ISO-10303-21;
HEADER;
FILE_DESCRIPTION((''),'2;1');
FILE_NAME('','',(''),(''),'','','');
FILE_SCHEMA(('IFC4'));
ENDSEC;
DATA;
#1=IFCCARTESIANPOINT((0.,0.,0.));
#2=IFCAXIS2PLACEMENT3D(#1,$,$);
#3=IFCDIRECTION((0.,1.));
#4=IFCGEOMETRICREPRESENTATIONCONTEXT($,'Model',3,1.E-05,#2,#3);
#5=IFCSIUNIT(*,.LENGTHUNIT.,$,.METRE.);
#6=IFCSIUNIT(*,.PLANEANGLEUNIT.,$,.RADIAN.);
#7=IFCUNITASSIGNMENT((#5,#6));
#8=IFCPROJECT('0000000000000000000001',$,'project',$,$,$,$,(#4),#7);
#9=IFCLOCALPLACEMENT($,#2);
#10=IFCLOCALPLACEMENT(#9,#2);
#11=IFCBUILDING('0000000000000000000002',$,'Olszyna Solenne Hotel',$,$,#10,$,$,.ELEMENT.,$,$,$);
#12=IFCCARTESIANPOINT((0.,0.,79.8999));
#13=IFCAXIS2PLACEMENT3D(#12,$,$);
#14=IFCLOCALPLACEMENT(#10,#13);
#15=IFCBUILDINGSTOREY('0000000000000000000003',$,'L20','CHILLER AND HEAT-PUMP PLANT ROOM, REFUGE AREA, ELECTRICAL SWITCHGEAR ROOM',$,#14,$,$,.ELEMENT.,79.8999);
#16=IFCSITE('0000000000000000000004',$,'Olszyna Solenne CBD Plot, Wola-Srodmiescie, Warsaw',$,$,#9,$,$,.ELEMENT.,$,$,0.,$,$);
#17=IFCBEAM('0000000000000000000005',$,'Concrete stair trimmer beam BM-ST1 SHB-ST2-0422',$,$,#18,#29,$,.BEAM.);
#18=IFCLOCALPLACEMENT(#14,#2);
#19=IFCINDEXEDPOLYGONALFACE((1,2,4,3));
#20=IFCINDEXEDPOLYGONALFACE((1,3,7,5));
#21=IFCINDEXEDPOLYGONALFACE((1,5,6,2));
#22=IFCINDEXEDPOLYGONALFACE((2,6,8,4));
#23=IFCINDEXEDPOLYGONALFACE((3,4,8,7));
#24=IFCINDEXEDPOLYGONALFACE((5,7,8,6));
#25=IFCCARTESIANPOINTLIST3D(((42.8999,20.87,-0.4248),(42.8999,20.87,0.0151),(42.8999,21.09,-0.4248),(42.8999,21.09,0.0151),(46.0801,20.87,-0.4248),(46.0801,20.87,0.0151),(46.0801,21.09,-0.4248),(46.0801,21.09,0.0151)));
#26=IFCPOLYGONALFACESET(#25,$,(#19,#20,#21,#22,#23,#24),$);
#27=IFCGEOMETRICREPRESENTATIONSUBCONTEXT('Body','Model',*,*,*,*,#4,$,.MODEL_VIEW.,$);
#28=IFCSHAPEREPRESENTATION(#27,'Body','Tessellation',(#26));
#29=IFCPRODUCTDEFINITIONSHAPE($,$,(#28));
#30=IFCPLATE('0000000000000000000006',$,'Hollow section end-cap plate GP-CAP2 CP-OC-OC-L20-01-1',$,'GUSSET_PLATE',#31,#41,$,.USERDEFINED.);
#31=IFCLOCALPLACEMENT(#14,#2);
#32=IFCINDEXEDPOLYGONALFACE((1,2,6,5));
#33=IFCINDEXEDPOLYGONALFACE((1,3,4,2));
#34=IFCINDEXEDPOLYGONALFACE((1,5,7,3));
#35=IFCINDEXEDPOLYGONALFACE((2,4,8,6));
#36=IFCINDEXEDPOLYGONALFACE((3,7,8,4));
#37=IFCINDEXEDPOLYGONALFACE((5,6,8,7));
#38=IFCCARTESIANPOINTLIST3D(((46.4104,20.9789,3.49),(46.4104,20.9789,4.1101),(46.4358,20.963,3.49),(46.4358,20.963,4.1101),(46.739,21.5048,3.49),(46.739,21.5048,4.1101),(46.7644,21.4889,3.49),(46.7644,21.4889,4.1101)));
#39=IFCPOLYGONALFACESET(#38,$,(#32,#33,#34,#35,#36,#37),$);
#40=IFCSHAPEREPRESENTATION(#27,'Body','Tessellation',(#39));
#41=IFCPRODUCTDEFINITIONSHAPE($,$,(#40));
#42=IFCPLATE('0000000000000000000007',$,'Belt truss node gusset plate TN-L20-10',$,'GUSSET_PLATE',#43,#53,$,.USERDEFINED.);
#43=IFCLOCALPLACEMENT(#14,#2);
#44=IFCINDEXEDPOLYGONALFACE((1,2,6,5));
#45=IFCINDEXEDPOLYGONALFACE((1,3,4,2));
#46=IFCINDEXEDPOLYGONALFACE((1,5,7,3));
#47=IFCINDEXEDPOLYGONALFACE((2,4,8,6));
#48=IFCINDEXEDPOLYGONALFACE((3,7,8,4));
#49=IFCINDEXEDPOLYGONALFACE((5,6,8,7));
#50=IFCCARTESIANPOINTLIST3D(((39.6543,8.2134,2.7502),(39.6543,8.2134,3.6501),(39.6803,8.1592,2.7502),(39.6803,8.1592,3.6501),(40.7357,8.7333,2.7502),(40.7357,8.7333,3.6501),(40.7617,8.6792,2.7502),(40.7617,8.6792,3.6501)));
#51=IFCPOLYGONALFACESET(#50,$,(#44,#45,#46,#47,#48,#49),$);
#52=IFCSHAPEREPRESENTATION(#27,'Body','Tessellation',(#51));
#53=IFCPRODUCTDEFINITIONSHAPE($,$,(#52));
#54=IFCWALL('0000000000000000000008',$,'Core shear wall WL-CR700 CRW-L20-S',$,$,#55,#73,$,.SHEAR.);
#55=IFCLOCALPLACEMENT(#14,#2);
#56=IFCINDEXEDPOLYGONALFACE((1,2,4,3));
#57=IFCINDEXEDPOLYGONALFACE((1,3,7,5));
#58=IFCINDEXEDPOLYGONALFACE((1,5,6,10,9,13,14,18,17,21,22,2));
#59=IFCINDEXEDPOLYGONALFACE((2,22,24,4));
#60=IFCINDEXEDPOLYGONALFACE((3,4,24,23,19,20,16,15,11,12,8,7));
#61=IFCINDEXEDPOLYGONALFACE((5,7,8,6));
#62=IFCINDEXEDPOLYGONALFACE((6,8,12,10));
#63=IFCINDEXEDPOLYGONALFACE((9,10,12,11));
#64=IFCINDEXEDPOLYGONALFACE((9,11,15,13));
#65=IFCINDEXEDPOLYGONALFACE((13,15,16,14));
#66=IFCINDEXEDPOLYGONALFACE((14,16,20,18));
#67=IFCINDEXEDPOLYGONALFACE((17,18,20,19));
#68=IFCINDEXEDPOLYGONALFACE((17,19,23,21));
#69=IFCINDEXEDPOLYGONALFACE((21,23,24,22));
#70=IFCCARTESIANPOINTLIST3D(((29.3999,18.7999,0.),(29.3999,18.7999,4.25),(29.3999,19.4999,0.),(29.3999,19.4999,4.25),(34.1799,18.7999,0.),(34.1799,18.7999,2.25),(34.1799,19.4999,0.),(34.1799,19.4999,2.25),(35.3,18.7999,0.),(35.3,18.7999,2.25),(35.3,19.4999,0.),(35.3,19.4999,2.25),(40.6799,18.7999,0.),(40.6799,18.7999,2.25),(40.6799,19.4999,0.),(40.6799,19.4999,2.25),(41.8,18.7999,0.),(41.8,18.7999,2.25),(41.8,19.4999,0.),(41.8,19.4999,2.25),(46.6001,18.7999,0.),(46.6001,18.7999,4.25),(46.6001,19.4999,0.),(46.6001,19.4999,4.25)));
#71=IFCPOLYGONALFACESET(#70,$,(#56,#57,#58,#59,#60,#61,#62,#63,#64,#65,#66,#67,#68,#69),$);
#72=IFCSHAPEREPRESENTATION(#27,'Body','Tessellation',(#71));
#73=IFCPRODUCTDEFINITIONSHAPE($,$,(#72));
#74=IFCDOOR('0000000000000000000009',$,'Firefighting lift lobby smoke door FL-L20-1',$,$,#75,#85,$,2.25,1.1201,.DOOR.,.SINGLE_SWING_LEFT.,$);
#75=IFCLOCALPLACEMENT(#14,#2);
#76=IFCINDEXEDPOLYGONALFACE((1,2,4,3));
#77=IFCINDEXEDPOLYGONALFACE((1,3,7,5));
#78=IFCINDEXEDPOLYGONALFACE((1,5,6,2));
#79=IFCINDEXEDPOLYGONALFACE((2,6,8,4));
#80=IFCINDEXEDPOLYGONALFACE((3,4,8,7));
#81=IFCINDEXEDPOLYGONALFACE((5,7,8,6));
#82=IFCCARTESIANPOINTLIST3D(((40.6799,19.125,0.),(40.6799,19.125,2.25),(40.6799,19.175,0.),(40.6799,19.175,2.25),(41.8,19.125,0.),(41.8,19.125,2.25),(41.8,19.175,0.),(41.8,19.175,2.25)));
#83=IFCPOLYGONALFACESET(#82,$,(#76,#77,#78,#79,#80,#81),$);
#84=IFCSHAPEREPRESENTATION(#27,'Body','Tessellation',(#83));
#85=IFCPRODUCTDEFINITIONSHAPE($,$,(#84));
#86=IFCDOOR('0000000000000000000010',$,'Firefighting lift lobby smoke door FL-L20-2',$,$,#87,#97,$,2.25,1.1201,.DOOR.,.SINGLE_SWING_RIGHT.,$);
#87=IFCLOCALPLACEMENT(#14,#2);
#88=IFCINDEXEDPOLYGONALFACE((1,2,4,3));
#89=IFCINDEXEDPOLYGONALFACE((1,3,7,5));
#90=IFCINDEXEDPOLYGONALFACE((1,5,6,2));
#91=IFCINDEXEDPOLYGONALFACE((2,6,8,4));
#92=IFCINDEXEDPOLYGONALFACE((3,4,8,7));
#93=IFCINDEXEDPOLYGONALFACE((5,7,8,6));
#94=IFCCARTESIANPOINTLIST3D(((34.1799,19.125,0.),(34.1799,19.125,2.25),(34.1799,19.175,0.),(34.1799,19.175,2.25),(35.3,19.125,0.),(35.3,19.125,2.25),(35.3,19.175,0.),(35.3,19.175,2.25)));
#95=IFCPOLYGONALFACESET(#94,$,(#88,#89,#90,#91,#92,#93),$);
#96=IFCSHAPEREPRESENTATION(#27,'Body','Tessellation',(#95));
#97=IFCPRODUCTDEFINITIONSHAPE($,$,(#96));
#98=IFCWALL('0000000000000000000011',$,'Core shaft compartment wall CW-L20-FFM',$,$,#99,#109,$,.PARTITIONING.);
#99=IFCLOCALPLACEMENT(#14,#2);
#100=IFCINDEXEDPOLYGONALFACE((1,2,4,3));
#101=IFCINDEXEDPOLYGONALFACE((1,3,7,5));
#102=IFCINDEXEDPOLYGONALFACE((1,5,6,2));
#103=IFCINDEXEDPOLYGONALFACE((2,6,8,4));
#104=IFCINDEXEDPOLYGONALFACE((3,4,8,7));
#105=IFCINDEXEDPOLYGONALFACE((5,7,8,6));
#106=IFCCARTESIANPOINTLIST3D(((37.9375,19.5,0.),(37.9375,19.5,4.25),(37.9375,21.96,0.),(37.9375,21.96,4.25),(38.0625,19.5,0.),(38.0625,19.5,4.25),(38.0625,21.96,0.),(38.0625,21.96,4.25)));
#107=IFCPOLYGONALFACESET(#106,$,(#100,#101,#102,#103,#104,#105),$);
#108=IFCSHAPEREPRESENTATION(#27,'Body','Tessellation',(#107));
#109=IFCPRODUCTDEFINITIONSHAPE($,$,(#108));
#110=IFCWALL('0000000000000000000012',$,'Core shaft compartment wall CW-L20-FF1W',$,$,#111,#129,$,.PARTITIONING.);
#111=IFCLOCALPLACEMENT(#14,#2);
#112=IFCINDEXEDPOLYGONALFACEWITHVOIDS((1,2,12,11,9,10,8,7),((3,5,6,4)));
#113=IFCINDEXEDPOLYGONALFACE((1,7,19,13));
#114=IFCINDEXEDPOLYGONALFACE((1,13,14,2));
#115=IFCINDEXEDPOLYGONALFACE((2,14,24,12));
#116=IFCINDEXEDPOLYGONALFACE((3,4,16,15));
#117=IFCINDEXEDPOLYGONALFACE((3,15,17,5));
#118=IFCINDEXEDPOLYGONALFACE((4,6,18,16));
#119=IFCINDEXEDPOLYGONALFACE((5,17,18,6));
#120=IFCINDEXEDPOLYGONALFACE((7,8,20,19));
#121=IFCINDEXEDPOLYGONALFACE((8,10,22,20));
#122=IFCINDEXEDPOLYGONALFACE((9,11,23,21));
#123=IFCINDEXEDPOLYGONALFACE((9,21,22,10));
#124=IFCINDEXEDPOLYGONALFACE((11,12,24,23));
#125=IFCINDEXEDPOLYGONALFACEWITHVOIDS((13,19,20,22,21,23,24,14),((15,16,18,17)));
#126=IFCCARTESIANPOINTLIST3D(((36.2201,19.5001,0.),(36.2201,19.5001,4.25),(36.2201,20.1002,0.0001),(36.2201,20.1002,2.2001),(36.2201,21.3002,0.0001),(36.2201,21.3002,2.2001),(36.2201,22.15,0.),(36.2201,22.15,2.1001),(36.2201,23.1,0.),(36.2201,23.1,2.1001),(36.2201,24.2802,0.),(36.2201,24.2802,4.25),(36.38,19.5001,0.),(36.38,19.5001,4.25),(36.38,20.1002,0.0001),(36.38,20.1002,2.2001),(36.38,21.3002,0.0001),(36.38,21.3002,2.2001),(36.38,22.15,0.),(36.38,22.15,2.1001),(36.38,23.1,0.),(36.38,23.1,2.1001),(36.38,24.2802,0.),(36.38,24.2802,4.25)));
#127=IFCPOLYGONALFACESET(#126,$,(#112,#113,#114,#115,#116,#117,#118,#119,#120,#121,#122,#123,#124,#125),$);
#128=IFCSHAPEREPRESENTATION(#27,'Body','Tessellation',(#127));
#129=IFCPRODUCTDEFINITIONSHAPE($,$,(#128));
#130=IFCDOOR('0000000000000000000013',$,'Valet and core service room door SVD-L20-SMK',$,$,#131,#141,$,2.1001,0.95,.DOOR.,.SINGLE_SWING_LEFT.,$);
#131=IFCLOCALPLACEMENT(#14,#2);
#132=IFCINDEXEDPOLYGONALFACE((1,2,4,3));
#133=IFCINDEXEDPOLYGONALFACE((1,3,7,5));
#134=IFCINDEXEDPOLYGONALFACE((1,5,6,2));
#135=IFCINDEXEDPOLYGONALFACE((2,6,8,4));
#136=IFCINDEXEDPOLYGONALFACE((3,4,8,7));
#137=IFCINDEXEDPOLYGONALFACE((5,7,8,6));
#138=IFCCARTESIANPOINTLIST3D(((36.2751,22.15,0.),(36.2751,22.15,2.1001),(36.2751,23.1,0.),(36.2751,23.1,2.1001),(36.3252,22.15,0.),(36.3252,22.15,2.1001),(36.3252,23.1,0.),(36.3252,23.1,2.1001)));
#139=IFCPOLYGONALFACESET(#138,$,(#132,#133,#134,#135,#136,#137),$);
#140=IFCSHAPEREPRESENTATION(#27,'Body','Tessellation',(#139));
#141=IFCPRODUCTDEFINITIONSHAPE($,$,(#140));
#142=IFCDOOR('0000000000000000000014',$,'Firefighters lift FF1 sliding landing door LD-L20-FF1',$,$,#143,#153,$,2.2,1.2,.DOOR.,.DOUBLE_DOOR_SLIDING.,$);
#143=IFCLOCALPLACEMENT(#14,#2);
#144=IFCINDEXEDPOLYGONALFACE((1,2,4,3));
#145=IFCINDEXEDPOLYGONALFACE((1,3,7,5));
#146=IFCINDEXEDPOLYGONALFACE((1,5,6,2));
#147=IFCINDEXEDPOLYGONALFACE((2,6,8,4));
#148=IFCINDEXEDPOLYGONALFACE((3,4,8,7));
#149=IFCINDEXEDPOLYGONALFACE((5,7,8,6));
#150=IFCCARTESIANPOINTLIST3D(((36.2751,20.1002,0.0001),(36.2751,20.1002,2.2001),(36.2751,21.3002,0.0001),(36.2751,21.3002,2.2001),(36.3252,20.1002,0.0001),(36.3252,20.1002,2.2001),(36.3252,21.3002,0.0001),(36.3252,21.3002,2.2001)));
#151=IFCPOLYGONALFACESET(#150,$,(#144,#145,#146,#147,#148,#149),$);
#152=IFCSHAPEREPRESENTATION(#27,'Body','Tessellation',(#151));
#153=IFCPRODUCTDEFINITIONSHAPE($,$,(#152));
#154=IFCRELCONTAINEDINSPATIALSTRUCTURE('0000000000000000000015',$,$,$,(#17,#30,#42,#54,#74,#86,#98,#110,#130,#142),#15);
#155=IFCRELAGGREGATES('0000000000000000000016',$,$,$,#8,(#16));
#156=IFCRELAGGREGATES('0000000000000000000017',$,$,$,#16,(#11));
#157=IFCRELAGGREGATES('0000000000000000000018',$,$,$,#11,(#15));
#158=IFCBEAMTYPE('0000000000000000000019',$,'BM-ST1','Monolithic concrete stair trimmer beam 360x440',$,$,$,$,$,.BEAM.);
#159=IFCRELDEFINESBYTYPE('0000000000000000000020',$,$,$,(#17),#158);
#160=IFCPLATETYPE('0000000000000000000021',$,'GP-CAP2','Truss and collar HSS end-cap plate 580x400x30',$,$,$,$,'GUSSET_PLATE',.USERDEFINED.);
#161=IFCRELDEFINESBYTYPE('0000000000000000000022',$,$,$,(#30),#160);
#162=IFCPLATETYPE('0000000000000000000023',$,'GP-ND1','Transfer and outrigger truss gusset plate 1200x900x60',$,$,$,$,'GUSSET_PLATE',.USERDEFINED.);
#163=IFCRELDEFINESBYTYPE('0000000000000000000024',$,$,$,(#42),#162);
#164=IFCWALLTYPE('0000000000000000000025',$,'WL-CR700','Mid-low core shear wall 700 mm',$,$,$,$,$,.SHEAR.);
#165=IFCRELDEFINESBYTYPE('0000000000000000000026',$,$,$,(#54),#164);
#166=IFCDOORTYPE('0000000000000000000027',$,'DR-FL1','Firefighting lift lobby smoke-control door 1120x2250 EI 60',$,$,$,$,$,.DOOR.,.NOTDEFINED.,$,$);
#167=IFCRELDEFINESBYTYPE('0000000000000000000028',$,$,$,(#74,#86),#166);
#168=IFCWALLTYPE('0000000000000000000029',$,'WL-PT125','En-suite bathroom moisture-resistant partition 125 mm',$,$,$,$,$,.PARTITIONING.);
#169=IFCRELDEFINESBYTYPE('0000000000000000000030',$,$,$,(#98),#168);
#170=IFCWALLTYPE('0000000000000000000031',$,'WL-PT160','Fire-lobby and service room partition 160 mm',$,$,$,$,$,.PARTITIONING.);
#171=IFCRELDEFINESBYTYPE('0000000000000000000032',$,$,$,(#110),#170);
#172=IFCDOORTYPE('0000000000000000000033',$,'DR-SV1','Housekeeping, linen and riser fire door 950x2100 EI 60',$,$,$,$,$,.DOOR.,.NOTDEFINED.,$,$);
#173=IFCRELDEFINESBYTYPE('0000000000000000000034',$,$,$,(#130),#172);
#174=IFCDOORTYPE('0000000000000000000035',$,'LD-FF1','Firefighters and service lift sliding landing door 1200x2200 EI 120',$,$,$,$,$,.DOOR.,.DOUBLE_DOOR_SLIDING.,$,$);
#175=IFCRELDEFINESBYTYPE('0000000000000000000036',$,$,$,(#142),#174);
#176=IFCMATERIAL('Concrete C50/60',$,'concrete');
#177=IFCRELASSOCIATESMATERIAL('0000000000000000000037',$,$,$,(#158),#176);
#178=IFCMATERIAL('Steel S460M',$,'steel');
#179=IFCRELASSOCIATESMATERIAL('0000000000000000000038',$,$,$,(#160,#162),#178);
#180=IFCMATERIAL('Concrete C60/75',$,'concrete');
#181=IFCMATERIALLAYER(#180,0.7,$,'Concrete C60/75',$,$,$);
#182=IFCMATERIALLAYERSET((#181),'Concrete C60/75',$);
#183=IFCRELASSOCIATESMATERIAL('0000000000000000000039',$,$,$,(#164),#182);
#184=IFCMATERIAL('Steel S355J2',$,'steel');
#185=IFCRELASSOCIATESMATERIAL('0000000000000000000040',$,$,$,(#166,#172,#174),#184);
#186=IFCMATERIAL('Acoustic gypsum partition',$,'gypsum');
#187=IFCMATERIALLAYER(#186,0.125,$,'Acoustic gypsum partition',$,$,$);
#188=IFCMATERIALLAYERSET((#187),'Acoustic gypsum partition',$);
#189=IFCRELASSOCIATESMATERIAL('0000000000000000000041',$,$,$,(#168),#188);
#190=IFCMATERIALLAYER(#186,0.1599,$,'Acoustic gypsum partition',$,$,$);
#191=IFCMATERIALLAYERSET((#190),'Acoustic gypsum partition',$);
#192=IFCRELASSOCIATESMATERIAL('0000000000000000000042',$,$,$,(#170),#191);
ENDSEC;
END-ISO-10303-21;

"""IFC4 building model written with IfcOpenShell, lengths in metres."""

from ifc_helpers import new_model, si_unit, direction, frame, frame_2d, origin, origin_2d, place, context, subcontext, project, spatial, rectangle, extrude, source, transform, mapped, material, layer, layer_set, material_profile, profile_set, type_object, type_shapes, element, fill, save


model = new_model("IFC4")

# Units and contexts
model_context = context("Model", 3, precision=1e-05, world=origin(), true_north=direction((0.0, 1.0)))
body_context = subcontext(model_context, "Body", "Model", "MODEL_VIEW")
ifc_project = project(units=[si_unit("LENGTHUNIT", "METRE"), si_unit("PLANEANGLEUNIT", "RADIAN")], contexts=[model_context])

# Site, building, storey
site_placement = place(None, origin())
site = spatial("IfcSite", under=ifc_project, at=site_placement, Name="Olszyna Solenne CBD Plot, Wola-Srodmiescie, Warsaw", CompositionType="ELEMENT", RefElevation=0.0)
building_placement = place(site_placement, origin())
building = spatial("IfcBuilding", under=site, at=building_placement, Name="Olszyna Solenne Hotel", CompositionType="ELEMENT")
storey_placement = place(building_placement, frame((0.0, 0.0, 79.8999)))
storey = spatial("IfcBuildingStorey", under=building, at=storey_placement, Name="L20", Description="CHILLER AND HEAT-PUMP PLANT ROOM, REFUGE AREA, ELECTRICAL SWITCHGEAR ROOM", CompositionType="ELEMENT", Elevation=79.8999)

# Beam
ifc_material_1 = material(Name="Concrete C50/60", Category="concrete")
ifc_material_profile = material_profile(ifc_material_1, rectangle(XDim=0.22, YDim=0.4399, at=origin_2d()), Name="RC 220x440", Category="load-bearing")
ifc_profile_set = profile_set([ifc_material_profile], Name="Concrete C50/60")
beam_type = type_object("IfcBeamType", Name="BM-ST1", Description="Monolithic concrete stair trimmer beam 360x440", PredefinedType="BEAM", material=ifc_profile_set)
shared_shape_1 = source(origin(), body_context, "Body", "SweptSolid", [
    extrude(rectangle(XDim=0.22, YDim=0.4399, at=origin_2d()), origin(), (0.0, 0.0, 1.0), 3.1802),
])
beam_placement = place(storey_placement, frame((46.0801, 20.98, -0.2048), z_axis=(-1.0, 0.0, 0.0), x_axis=(0.0, -1.0, 0.0)))
element("IfcBeam", 1, at=beam_placement, inside=storey, type_object=beam_type, Name="Concrete stair trimmer beam BM-ST1 SHB-ST2-0422", PredefinedType="BEAM", context=body_context, shape_type="MappedRepresentation", body=[
    mapped(shared_shape_1, transform((0.0, 0.0, 0.0), x_axis=(1.0, 0.0, 0.0), y_axis=(0.0, 1.0, 0.0), z_axis=(0.0, 0.0, 1.0), scale=1.0)),
])

# Plates
ifc_material_2 = material(Name="Steel S460M", Category="steel")
plate_type_1 = type_object("IfcPlateType", Name="GP-CAP2", Description="Truss and collar HSS end-cap plate 580x400x30", ElementType="GUSSET_PLATE", PredefinedType="USERDEFINED", material=ifc_material_2)
shared_shape_2 = source(origin(), body_context, "Body", "SweptSolid", [
    extrude(rectangle(XDim=0.03, YDim=0.6201, at=origin_2d()), origin(), (0.0, 0.0, 1.0), 0.6201),
])
plate_1_placement = place(storey_placement, frame((46.5874, 21.2339, 3.49), z_axis=(0.0, 0.0, 1.0), x_axis=(0.848048, -0.529919, 0.0)))
element("IfcPlate", 2, at=plate_1_placement, inside=storey, type_object=plate_type_1, Name="Hollow section end-cap plate GP-CAP2 CP-OC-OC-L20-01-1", ObjectType="GUSSET_PLATE", PredefinedType="USERDEFINED", context=body_context, shape_type="MappedRepresentation", body=[
    mapped(shared_shape_2, transform((0.0, 0.0, 0.0), x_axis=(1.0, 0.0, 0.0), y_axis=(0.0, 1.0, 0.0), z_axis=(0.0, 0.0, 1.0), scale=1.0)),
])
plate_type_2 = type_object("IfcPlateType", Name="GP-ND1", Description="Transfer and outrigger truss gusset plate 1200x900x60", ElementType="GUSSET_PLATE", PredefinedType="USERDEFINED", material=ifc_material_2)
shared_shape_3 = source(origin(), body_context, "Body", "SweptSolid", [
    extrude(rectangle(XDim=1.2, YDim=0.0601, at=origin_2d()), origin(), (0.0, 0.0, 1.0), 0.8999),
])
plate_2_placement = place(storey_placement, frame((40.208, 8.4463, 2.7502), z_axis=(0.0, 0.0, 1.0), x_axis=(0.901228, 0.433345, 0.0)))
element("IfcPlate", 3, at=plate_2_placement, inside=storey, type_object=plate_type_2, Name="Belt truss node gusset plate TN-L20-10", ObjectType="GUSSET_PLATE", PredefinedType="USERDEFINED", context=body_context, shape_type="MappedRepresentation", body=[
    mapped(shared_shape_3, transform((0.0, 0.0, 0.0), x_axis=(1.0, 0.0, 0.0), y_axis=(0.0, 1.0, 0.0), z_axis=(0.0, 0.0, 1.0), scale=1.0)),
])

# Wall, openings, doors
ifc_material_3 = material(Name="Concrete C60/75", Category="concrete")
ifc_layer_1 = layer(ifc_material_3, 0.7, Name="Concrete C60/75")
ifc_layer_set_1 = layer_set([ifc_layer_1], Name="Concrete C60/75")
wall_type_1 = type_object("IfcWallType", Name="WL-CR700", Description="Mid-low core shear wall 700 mm", PredefinedType="SHEAR", material=ifc_layer_set_1)
wall_1_placement = place(storey_placement, frame((46.6001, 19.1499, 0.0), z_axis=(0.0, 0.0, 1.0), x_axis=(-1.0, 0.0, 0.0)))
wall_1 = element("IfcWall", 4, at=wall_1_placement, inside=storey, type_object=wall_type_1, Name="Core shear wall WL-CR700 CRW-L20-S", PredefinedType="SHEAR", context=body_context, shape_type="SweptSolid", body=[
    extrude(rectangle(XDim=17.2002, YDim=0.7, at=frame_2d((8.6001, 0.0))), origin(), (0.0, 0.0, 1.0), 4.25),
])
opening_1_placement = place(wall_1_placement, frame((4.8, 0.0, 0.0)))
opening_1 = element("IfcOpeningElement", 5, at=opening_1_placement, cuts=wall_1, PredefinedType="OPENING", context=body_context, shape_type="SweptSolid", body=[
    extrude(rectangle(XDim=1.1201, YDim=2.25, at=frame_2d((0.5601, 1.125))), frame((0.0, 0.3599, 0.0), z_axis=(0.0, -1.0, 0.0), x_axis=(1.0, 0.0, 0.0)), (0.0, 0.0, 1.0), 0.72),
])
opening_2_placement = place(wall_1_placement, frame((11.3, 0.0, 0.0)))
opening_2 = element("IfcOpeningElement", 6, at=opening_2_placement, cuts=wall_1, PredefinedType="OPENING", context=body_context, shape_type="SweptSolid", body=[
    extrude(rectangle(XDim=1.1201, YDim=2.25, at=frame_2d((0.5601, 1.125))), frame((0.0, 0.3599, 0.0), z_axis=(0.0, -1.0, 0.0), x_axis=(1.0, 0.0, 0.0)), (0.0, 0.0, 1.0), 0.72),
])
ifc_material_4 = material(Name="Steel S355J2", Category="steel")
door_type_1 = type_object("IfcDoorType", Name="DR-FL1", Description="Firefighting lift lobby smoke-control door 1120x2250 EI 60", OperationType="NOTDEFINED", PredefinedType="DOOR", material=ifc_material_4)
shared_shape_4 = source(origin(), body_context, "Body", "SweptSolid", [
    extrude(rectangle(XDim=1.1201, YDim=2.25, at=frame_2d((0.5601, 1.125))), frame((0.0, 0.0249, 0.0), z_axis=(0.0, -1.0, 0.0), x_axis=(1.0, 0.0, 0.0)), (0.0, 0.0, 1.0), 0.05),
])
type_shapes(door_type_1, [shared_shape_4])
door_1_placement = place(opening_1_placement, origin())
door_1 = element("IfcDoor", 7, at=door_1_placement, inside=storey, type_object=door_type_1, Name="Firefighting lift lobby smoke door FL-L20-1", OperationType="SINGLE_SWING_LEFT", OverallHeight=2.25, OverallWidth=1.1201, PredefinedType="DOOR", context=body_context, shape_type="MappedRepresentation", body=[
    mapped(shared_shape_4, transform((0.0, 0.0, 0.0), x_axis=(1.0, 0.0, 0.0), y_axis=(0.0, 1.0, 0.0), z_axis=(0.0, 0.0, 1.0), scale=1.0)),
])
fill(opening_1, door_1)
door_2_placement = place(opening_2_placement, origin())
door_2 = element("IfcDoor", 8, at=door_2_placement, inside=storey, type_object=door_type_1, Name="Firefighting lift lobby smoke door FL-L20-2", OperationType="SINGLE_SWING_RIGHT", OverallHeight=2.25, OverallWidth=1.1201, PredefinedType="DOOR", context=body_context, shape_type="MappedRepresentation", body=[
    mapped(shared_shape_4, transform((0.0, 0.0, 0.0), x_axis=(1.0, 0.0, 0.0), y_axis=(0.0, 1.0, 0.0), z_axis=(0.0, 0.0, 1.0), scale=1.0)),
])
fill(opening_2, door_2)

# Wall
ifc_material_5 = material(Name="Acoustic gypsum partition", Category="gypsum")
ifc_layer_2 = layer(ifc_material_5, 0.125, Name="Acoustic gypsum partition")
ifc_layer_set_2 = layer_set([ifc_layer_2], Name="Acoustic gypsum partition")
wall_type_2 = type_object("IfcWallType", Name="WL-PT125", Description="En-suite bathroom moisture-resistant partition 125 mm", PredefinedType="PARTITIONING", material=ifc_layer_set_2)
wall_2_placement = place(storey_placement, frame((38.0, 19.5, 0.0), z_axis=(0.0, 0.0, 1.0), x_axis=(0.0, 1.0, 0.0)))
element("IfcWall", 9, at=wall_2_placement, inside=storey, type_object=wall_type_2, Name="Core shaft compartment wall CW-L20-FFM", PredefinedType="PARTITIONING", context=body_context, shape_type="SweptSolid", body=[
    extrude(rectangle(XDim=2.46, YDim=0.125, at=frame_2d((1.23, 0.0))), origin(), (0.0, 0.0, 1.0), 4.25),
])

# Wall, openings, doors
ifc_layer_3 = layer(ifc_material_5, 0.1599, Name="Acoustic gypsum partition")
ifc_layer_set_3 = layer_set([ifc_layer_3], Name="Acoustic gypsum partition")
wall_type_3 = type_object("IfcWallType", Name="WL-PT160", Description="Fire-lobby and service room partition 160 mm", PredefinedType="PARTITIONING", material=ifc_layer_set_3)
wall_3_placement = place(storey_placement, frame((36.3, 19.5, 0.0), z_axis=(0.0, 0.0, 1.0), x_axis=(0.0, 1.0, 0.0)))
wall_3 = element("IfcWall", 10, at=wall_3_placement, inside=storey, type_object=wall_type_3, Name="Core shaft compartment wall CW-L20-FF1W", PredefinedType="PARTITIONING", context=body_context, shape_type="SweptSolid", body=[
    extrude(rectangle(XDim=4.78, YDim=0.1599, at=frame_2d((2.3901, 0.0))), origin(), (0.0, 0.0, 1.0), 4.25),
])
opening_3_placement = place(wall_3_placement, frame((0.6001, 0.0, 0.0)))
opening_3 = element("IfcOpeningElement", 11, at=opening_3_placement, cuts=wall_3, PredefinedType="OPENING", context=body_context, shape_type="SweptSolid", body=[
    extrude(rectangle(XDim=1.2, YDim=2.2, at=frame_2d((0.6001, 1.1001))), frame((0.0, 0.0898, 0.0), z_axis=(0.0, -1.0, 0.0), x_axis=(1.0, 0.0, 0.0)), (0.0, 0.0, 1.0), 0.1799),
])
opening_4_placement = place(wall_3_placement, frame((2.6499, 0.0, 0.0)))
opening_4 = element("IfcOpeningElement", 12, at=opening_4_placement, cuts=wall_3, PredefinedType="OPENING", context=body_context, shape_type="SweptSolid", body=[
    extrude(rectangle(XDim=0.95, YDim=2.1001, at=frame_2d((0.4751, 1.05))), frame((0.0, 0.0898, 0.0), z_axis=(0.0, -1.0, 0.0), x_axis=(1.0, 0.0, 0.0)), (0.0, 0.0, 1.0), 0.1799),
])
door_type_2 = type_object("IfcDoorType", Name="DR-SV1", Description="Housekeeping, linen and riser fire door 950x2100 EI 60", OperationType="NOTDEFINED", PredefinedType="DOOR", material=ifc_material_4)
shared_shape_5 = source(origin(), body_context, "Body", "SweptSolid", [
    extrude(rectangle(XDim=0.95, YDim=2.1001, at=frame_2d((0.4751, 1.05))), frame((0.0, 0.0249, 0.0), z_axis=(0.0, -1.0, 0.0), x_axis=(1.0, 0.0, 0.0)), (0.0, 0.0, 1.0), 0.05),
])
type_shapes(door_type_2, [shared_shape_5])
door_3_placement = place(opening_4_placement, origin())
door_3 = element("IfcDoor", 13, at=door_3_placement, inside=storey, type_object=door_type_2, Name="Valet and core service room door SVD-L20-SMK", OperationType="SINGLE_SWING_LEFT", OverallHeight=2.1001, OverallWidth=0.95, PredefinedType="DOOR", context=body_context, shape_type="MappedRepresentation", body=[
    mapped(shared_shape_5, transform((0.0, 0.0, 0.0), x_axis=(1.0, 0.0, 0.0), y_axis=(0.0, 1.0, 0.0), z_axis=(0.0, 0.0, 1.0), scale=1.0)),
])
fill(opening_4, door_3)
door_type_3 = type_object("IfcDoorType", Name="LD-FF1", Description="Firefighters and service lift sliding landing door 1200x2200 EI 120", OperationType="DOUBLE_DOOR_SLIDING", PredefinedType="DOOR", material=ifc_material_4)
shared_shape_6 = source(origin(), body_context, "Body", "SweptSolid", [
    extrude(rectangle(XDim=1.2, YDim=2.2, at=frame_2d((0.6001, 1.1001))), frame((0.0, 0.0249, 0.0), z_axis=(0.0, -1.0, 0.0), x_axis=(1.0, 0.0, 0.0)), (0.0, 0.0, 1.0), 0.05),
])
type_shapes(door_type_3, [shared_shape_6])
door_4_placement = place(opening_3_placement, origin())
door_4 = element("IfcDoor", 14, at=door_4_placement, inside=storey, type_object=door_type_3, Name="Firefighters lift FF1 sliding landing door LD-L20-FF1", OperationType="DOUBLE_DOOR_SLIDING", OverallHeight=2.2, OverallWidth=1.2, PredefinedType="DOOR", context=body_context, shape_type="MappedRepresentation", body=[
    mapped(shared_shape_6, transform((0.0, 0.0, 0.0), x_axis=(1.0, 0.0, 0.0), y_axis=(0.0, 1.0, 0.0), z_axis=(0.0, 0.0, 1.0), scale=1.0)),
])
fill(opening_3, door_4)

save(model, "model.ifc")
